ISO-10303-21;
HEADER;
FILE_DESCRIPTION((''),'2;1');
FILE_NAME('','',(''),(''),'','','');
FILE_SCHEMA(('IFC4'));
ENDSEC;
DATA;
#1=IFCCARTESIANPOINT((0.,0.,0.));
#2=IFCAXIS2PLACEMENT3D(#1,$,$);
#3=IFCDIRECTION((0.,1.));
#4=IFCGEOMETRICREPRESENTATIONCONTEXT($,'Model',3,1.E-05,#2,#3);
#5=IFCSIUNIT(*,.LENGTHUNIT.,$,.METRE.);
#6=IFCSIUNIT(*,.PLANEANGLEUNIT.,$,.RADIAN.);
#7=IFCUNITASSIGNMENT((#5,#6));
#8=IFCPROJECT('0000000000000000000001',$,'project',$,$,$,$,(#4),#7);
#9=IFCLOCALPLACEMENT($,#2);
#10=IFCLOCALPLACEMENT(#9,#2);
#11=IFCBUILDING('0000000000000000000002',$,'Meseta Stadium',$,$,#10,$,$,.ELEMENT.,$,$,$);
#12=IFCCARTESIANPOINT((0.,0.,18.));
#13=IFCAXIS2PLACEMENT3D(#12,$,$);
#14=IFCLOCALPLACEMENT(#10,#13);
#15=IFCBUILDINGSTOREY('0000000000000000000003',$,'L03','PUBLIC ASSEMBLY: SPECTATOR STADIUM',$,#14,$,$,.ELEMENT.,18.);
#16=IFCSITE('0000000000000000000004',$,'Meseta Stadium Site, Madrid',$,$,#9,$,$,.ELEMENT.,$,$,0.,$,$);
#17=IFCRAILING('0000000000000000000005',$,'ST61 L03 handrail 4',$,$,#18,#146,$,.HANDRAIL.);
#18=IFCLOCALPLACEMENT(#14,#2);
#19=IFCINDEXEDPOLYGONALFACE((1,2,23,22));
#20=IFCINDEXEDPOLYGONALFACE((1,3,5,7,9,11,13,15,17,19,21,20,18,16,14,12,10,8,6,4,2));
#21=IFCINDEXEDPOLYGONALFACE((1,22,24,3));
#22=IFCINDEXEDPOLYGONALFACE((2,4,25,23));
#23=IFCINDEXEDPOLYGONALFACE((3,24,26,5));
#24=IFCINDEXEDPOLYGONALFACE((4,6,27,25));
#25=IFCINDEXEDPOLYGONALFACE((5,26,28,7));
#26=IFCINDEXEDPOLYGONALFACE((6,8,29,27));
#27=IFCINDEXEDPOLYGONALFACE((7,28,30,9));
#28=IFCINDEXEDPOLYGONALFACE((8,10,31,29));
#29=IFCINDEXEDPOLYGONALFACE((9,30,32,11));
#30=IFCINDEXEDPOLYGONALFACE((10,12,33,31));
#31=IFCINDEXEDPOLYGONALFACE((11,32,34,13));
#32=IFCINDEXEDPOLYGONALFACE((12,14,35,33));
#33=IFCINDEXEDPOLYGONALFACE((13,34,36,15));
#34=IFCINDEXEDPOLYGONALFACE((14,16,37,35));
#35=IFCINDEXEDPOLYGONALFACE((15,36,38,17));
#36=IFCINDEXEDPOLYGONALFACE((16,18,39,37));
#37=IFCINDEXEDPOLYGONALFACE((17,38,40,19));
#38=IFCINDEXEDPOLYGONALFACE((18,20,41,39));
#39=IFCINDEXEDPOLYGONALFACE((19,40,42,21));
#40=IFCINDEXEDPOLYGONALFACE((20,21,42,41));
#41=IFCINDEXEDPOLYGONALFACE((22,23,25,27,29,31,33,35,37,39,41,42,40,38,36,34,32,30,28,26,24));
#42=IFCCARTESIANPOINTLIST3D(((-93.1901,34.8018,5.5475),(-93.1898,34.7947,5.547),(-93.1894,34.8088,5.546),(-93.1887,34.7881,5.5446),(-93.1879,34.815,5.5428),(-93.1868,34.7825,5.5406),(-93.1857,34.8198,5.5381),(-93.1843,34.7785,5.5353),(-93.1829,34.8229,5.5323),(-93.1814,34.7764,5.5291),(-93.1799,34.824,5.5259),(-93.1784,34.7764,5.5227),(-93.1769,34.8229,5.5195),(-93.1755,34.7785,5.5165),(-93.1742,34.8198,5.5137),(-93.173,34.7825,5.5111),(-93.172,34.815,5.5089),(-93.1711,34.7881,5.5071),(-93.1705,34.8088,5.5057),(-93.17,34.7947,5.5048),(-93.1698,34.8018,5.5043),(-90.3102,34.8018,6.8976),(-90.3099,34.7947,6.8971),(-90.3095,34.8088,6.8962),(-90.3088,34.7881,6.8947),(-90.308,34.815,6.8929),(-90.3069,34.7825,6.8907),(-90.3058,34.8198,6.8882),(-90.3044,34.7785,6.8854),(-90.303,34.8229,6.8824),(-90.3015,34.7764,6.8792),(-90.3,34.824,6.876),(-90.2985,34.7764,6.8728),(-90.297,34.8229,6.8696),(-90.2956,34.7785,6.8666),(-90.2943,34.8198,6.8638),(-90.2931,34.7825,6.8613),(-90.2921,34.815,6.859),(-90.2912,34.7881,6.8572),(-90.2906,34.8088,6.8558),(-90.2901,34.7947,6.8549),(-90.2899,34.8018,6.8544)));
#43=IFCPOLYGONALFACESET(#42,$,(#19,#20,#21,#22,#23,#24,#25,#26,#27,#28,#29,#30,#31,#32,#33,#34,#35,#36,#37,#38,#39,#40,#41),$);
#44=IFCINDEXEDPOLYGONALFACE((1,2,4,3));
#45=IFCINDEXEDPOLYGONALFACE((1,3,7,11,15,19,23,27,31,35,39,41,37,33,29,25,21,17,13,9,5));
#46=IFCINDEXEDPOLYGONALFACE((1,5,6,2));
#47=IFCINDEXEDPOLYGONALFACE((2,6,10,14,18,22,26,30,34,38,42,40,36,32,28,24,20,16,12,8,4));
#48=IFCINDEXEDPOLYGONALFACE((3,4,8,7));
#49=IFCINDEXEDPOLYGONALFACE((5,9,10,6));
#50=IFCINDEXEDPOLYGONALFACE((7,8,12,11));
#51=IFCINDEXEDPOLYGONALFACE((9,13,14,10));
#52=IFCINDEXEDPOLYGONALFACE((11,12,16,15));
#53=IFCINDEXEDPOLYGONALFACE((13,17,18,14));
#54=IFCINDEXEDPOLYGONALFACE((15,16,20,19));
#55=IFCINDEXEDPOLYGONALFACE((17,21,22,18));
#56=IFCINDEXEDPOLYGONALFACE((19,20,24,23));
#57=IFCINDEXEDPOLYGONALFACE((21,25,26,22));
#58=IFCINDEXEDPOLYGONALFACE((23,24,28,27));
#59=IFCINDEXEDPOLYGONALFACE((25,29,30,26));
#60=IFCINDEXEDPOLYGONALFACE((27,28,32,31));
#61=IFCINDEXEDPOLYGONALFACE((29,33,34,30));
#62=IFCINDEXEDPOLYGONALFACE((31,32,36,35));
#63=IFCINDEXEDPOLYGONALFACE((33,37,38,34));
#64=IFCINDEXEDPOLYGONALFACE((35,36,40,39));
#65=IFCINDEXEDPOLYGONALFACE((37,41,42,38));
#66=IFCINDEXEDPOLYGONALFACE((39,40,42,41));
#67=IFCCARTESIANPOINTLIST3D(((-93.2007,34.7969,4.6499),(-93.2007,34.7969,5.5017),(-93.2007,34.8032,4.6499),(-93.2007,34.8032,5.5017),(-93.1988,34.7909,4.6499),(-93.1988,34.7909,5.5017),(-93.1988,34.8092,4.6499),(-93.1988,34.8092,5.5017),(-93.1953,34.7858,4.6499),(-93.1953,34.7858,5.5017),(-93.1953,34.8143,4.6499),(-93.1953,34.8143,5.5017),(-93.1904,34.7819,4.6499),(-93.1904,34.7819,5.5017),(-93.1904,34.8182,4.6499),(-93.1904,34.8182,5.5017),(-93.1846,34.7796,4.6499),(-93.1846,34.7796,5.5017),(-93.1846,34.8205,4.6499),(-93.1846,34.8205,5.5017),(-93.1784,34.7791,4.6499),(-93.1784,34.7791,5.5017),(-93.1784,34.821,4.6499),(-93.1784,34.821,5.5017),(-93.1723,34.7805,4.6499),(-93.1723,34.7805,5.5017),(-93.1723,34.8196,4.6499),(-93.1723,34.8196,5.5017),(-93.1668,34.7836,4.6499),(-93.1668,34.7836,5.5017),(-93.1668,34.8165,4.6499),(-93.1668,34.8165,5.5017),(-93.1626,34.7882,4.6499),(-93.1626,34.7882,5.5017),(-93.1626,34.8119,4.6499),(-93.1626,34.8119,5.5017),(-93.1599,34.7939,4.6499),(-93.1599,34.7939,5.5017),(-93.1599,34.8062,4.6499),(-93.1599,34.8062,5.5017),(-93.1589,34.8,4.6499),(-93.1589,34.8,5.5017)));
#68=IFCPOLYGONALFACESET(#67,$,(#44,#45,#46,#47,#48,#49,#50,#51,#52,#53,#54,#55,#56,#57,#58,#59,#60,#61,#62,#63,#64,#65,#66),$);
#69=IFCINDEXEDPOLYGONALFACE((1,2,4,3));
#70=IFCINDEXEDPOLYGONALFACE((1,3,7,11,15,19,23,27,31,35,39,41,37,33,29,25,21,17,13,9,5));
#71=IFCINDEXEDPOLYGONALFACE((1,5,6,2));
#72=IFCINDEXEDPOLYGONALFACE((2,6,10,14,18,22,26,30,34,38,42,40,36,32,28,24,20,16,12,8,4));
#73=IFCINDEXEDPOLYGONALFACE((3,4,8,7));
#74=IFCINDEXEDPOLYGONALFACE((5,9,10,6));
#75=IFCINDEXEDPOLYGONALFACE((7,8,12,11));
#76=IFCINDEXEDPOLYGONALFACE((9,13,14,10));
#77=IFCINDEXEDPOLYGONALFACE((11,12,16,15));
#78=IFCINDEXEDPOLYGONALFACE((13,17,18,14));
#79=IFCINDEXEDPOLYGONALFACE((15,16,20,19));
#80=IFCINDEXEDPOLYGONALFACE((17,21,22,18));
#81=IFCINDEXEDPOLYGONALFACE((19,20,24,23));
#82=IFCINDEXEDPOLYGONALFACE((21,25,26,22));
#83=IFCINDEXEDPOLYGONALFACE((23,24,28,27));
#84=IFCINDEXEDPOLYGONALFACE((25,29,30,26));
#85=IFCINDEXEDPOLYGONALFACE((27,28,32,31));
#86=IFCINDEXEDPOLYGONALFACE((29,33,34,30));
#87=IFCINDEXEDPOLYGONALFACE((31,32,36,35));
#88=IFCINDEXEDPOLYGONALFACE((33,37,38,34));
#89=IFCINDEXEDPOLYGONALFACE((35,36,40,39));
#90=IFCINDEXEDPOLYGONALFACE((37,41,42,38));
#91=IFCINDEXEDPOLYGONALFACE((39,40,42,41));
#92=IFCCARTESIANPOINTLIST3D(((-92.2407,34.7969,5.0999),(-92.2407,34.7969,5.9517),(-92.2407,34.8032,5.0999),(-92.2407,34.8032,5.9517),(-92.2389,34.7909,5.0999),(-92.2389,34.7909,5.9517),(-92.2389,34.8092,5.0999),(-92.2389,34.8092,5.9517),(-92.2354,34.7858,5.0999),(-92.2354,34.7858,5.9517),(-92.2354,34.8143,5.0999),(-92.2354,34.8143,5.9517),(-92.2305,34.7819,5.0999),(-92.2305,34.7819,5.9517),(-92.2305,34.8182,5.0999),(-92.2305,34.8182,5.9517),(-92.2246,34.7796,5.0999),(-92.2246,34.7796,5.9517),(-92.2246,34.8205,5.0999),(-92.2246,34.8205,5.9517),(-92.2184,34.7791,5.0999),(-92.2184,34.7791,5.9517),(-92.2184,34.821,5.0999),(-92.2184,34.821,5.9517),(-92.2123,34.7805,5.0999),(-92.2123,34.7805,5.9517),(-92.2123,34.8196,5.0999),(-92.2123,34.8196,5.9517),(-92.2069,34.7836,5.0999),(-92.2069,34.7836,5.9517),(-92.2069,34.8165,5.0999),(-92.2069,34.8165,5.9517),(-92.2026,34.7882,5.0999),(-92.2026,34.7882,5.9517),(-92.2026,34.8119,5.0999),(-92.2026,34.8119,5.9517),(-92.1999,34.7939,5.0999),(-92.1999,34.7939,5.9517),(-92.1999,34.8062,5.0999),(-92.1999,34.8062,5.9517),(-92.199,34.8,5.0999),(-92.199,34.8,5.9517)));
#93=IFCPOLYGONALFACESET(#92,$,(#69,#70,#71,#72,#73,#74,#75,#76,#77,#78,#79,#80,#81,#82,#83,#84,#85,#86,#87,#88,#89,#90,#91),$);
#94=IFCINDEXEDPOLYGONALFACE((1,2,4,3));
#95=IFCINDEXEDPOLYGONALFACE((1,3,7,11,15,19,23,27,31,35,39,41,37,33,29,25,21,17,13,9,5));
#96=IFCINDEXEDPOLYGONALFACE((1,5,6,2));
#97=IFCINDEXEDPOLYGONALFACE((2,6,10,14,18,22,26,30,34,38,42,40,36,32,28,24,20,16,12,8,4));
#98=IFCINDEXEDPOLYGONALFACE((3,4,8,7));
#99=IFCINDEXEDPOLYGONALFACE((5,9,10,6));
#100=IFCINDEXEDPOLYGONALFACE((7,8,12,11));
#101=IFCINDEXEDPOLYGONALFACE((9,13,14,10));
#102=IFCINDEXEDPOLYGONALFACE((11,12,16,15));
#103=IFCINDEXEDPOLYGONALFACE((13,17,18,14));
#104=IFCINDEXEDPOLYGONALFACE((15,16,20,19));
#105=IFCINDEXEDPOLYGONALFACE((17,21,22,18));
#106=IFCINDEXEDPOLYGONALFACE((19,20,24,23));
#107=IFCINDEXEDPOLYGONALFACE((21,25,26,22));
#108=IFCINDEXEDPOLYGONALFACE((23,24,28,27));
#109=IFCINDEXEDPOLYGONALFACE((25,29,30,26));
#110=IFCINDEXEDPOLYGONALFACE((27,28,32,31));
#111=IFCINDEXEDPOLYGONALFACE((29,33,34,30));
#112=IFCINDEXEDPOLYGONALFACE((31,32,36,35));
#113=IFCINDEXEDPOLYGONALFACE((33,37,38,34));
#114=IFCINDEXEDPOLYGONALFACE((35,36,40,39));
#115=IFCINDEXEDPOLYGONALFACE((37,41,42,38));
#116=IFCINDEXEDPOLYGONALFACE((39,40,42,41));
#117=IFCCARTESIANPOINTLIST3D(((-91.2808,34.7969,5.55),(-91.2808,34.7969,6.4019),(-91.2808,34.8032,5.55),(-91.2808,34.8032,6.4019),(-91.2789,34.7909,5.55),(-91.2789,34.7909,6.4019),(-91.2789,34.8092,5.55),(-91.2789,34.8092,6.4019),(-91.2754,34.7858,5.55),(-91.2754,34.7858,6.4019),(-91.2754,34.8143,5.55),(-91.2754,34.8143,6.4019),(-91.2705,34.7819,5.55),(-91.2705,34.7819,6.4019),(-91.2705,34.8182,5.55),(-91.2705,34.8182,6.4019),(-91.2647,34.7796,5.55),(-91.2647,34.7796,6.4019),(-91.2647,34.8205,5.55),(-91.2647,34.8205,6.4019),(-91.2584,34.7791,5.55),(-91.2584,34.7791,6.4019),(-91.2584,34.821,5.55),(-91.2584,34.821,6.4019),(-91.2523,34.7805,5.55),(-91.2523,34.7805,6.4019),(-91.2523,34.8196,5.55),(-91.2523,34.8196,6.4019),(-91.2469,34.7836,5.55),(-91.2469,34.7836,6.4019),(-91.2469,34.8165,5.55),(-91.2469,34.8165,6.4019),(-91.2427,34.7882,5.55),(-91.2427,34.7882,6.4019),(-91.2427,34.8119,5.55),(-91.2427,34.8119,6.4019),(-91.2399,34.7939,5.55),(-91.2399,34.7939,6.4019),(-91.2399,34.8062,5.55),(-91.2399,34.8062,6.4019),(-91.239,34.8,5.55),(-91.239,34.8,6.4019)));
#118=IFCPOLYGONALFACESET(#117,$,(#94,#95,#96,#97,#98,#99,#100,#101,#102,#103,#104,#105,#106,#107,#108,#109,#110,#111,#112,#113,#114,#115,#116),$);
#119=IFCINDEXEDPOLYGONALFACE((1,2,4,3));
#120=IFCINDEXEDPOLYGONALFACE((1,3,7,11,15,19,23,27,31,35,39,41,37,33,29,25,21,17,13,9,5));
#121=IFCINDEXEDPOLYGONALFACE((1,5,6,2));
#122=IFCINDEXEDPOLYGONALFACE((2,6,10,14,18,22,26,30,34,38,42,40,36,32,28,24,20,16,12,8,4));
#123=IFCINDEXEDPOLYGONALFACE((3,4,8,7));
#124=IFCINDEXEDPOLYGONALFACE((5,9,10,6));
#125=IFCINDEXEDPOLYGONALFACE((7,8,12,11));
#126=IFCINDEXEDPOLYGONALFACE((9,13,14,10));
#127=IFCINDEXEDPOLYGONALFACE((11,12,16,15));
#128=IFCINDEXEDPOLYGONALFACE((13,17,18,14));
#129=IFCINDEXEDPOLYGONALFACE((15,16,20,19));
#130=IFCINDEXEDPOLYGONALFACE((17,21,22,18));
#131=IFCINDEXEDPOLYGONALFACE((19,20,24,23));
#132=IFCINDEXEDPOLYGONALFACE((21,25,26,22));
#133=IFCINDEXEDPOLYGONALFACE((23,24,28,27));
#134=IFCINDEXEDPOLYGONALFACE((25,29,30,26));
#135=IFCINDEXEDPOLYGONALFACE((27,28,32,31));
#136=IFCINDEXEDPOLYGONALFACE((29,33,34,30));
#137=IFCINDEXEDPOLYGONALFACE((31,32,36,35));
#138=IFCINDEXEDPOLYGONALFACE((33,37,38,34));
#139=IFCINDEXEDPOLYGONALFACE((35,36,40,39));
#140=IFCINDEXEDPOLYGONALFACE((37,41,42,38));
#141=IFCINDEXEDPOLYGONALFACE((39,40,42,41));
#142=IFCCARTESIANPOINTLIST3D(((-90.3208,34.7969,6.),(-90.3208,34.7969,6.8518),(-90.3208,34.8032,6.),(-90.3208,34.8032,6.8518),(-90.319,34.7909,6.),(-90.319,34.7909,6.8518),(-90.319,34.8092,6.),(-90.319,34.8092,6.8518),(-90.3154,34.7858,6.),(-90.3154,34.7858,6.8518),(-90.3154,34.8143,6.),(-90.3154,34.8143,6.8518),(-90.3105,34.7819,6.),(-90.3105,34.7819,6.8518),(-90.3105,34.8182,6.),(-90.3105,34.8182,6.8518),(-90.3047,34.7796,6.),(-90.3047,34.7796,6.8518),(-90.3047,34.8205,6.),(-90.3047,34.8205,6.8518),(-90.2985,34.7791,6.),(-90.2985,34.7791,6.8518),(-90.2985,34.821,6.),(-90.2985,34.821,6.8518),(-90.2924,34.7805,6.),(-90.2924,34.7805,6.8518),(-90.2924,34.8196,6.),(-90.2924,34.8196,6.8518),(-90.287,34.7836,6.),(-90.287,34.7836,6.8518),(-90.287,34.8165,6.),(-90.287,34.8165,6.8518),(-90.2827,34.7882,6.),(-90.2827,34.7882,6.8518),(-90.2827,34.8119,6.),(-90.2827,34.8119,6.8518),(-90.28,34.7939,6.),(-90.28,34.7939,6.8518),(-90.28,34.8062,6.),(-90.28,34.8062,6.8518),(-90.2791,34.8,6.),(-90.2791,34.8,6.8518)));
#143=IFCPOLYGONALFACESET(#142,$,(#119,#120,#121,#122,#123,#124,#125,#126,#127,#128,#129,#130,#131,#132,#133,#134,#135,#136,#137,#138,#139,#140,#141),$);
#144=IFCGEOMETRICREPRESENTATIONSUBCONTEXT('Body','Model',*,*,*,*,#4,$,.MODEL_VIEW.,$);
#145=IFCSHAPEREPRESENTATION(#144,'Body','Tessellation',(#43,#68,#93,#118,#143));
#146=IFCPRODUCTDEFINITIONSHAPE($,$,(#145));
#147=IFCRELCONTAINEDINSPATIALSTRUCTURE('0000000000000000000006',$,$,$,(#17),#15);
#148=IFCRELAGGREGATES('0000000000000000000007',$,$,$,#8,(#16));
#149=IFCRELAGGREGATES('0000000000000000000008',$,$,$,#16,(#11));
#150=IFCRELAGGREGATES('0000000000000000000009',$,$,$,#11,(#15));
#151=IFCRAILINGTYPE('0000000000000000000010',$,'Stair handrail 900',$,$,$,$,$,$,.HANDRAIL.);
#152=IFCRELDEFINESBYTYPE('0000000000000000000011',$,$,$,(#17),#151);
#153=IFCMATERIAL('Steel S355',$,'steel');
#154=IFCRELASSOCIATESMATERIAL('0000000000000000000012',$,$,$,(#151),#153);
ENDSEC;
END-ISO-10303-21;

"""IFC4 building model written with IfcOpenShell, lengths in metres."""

from ifc_helpers import new_model, si_unit, direction, frame, origin, origin_2d, place, context, subcontext, project, spatial, circle, extrude, material, type_object, element, save


model = new_model("IFC4")

# Units and contexts
model_context = context("Model", 3, precision=1e-05, world=origin(), true_north=direction((0.0, 1.0)))
body_context = subcontext(model_context, "Body", "Model", "MODEL_VIEW")
ifc_project = project(units=[si_unit("LENGTHUNIT", "METRE"), si_unit("PLANEANGLEUNIT", "RADIAN")], contexts=[model_context])

# Site, building, storey
site_placement = place(None, origin())
site = spatial("IfcSite", under=ifc_project, at=site_placement, Name="Meseta Stadium Site, Madrid", CompositionType="ELEMENT", RefElevation=0.0)
building_placement = place(site_placement, origin())
building = spatial("IfcBuilding", under=site, at=building_placement, Name="Meseta Stadium", CompositionType="ELEMENT")
storey_placement = place(building_placement, frame((0.0, 0.0, 18.0)))
storey = spatial("IfcBuildingStorey", under=building, at=storey_placement, Name="L03", Description="PUBLIC ASSEMBLY: SPECTATOR STADIUM", CompositionType="ELEMENT", Elevation=18.0)

# Railing
ifc_material_1 = material(Name="Steel S355", Category="steel")
railing_type_1 = type_object("IfcRailingType", Name="Stair handrail 900", PredefinedType="HANDRAIL", material=ifc_material_1)
for number, where, name in (
    (1, (-93.1799, 34.8, 4.6499), "ST61 L03 handrail 4"),
):
    element("IfcRailing", number, at=place(storey_placement, frame(where)), inside=storey, type_object=railing_type_1, Name=name, PredefinedType="HANDRAIL", context=body_context, shape_type="SweptSolid", body=[
        extrude(circle(Radius=0.0239, at=origin_2d()), frame((0.0, 0.0, 0.876), z_axis=(0.90544, 0.0, 0.424473), x_axis=(0.0, 1.0, 0.0)), (0.0, 0.0, 1.0), 3.1807),
        extrude(circle(Radius=0.021, at=origin_2d()), origin(), (0.0, 0.0, 1.0), 0.8518),
        extrude(circle(Radius=0.021, at=origin_2d()), frame((0.96, 0.0, 0.45)), (0.0, 0.0, 1.0), 0.8518),
        extrude(circle(Radius=0.021, at=origin_2d()), frame((1.9199, 0.0, 0.9001)), (0.0, 0.0, 1.0), 0.8518),
        extrude(circle(Radius=0.021, at=origin_2d()), frame((2.8799, 0.0, 1.3501)), (0.0, 0.0, 1.0), 0.8518),
    ])

save(model, "model.ifc")
